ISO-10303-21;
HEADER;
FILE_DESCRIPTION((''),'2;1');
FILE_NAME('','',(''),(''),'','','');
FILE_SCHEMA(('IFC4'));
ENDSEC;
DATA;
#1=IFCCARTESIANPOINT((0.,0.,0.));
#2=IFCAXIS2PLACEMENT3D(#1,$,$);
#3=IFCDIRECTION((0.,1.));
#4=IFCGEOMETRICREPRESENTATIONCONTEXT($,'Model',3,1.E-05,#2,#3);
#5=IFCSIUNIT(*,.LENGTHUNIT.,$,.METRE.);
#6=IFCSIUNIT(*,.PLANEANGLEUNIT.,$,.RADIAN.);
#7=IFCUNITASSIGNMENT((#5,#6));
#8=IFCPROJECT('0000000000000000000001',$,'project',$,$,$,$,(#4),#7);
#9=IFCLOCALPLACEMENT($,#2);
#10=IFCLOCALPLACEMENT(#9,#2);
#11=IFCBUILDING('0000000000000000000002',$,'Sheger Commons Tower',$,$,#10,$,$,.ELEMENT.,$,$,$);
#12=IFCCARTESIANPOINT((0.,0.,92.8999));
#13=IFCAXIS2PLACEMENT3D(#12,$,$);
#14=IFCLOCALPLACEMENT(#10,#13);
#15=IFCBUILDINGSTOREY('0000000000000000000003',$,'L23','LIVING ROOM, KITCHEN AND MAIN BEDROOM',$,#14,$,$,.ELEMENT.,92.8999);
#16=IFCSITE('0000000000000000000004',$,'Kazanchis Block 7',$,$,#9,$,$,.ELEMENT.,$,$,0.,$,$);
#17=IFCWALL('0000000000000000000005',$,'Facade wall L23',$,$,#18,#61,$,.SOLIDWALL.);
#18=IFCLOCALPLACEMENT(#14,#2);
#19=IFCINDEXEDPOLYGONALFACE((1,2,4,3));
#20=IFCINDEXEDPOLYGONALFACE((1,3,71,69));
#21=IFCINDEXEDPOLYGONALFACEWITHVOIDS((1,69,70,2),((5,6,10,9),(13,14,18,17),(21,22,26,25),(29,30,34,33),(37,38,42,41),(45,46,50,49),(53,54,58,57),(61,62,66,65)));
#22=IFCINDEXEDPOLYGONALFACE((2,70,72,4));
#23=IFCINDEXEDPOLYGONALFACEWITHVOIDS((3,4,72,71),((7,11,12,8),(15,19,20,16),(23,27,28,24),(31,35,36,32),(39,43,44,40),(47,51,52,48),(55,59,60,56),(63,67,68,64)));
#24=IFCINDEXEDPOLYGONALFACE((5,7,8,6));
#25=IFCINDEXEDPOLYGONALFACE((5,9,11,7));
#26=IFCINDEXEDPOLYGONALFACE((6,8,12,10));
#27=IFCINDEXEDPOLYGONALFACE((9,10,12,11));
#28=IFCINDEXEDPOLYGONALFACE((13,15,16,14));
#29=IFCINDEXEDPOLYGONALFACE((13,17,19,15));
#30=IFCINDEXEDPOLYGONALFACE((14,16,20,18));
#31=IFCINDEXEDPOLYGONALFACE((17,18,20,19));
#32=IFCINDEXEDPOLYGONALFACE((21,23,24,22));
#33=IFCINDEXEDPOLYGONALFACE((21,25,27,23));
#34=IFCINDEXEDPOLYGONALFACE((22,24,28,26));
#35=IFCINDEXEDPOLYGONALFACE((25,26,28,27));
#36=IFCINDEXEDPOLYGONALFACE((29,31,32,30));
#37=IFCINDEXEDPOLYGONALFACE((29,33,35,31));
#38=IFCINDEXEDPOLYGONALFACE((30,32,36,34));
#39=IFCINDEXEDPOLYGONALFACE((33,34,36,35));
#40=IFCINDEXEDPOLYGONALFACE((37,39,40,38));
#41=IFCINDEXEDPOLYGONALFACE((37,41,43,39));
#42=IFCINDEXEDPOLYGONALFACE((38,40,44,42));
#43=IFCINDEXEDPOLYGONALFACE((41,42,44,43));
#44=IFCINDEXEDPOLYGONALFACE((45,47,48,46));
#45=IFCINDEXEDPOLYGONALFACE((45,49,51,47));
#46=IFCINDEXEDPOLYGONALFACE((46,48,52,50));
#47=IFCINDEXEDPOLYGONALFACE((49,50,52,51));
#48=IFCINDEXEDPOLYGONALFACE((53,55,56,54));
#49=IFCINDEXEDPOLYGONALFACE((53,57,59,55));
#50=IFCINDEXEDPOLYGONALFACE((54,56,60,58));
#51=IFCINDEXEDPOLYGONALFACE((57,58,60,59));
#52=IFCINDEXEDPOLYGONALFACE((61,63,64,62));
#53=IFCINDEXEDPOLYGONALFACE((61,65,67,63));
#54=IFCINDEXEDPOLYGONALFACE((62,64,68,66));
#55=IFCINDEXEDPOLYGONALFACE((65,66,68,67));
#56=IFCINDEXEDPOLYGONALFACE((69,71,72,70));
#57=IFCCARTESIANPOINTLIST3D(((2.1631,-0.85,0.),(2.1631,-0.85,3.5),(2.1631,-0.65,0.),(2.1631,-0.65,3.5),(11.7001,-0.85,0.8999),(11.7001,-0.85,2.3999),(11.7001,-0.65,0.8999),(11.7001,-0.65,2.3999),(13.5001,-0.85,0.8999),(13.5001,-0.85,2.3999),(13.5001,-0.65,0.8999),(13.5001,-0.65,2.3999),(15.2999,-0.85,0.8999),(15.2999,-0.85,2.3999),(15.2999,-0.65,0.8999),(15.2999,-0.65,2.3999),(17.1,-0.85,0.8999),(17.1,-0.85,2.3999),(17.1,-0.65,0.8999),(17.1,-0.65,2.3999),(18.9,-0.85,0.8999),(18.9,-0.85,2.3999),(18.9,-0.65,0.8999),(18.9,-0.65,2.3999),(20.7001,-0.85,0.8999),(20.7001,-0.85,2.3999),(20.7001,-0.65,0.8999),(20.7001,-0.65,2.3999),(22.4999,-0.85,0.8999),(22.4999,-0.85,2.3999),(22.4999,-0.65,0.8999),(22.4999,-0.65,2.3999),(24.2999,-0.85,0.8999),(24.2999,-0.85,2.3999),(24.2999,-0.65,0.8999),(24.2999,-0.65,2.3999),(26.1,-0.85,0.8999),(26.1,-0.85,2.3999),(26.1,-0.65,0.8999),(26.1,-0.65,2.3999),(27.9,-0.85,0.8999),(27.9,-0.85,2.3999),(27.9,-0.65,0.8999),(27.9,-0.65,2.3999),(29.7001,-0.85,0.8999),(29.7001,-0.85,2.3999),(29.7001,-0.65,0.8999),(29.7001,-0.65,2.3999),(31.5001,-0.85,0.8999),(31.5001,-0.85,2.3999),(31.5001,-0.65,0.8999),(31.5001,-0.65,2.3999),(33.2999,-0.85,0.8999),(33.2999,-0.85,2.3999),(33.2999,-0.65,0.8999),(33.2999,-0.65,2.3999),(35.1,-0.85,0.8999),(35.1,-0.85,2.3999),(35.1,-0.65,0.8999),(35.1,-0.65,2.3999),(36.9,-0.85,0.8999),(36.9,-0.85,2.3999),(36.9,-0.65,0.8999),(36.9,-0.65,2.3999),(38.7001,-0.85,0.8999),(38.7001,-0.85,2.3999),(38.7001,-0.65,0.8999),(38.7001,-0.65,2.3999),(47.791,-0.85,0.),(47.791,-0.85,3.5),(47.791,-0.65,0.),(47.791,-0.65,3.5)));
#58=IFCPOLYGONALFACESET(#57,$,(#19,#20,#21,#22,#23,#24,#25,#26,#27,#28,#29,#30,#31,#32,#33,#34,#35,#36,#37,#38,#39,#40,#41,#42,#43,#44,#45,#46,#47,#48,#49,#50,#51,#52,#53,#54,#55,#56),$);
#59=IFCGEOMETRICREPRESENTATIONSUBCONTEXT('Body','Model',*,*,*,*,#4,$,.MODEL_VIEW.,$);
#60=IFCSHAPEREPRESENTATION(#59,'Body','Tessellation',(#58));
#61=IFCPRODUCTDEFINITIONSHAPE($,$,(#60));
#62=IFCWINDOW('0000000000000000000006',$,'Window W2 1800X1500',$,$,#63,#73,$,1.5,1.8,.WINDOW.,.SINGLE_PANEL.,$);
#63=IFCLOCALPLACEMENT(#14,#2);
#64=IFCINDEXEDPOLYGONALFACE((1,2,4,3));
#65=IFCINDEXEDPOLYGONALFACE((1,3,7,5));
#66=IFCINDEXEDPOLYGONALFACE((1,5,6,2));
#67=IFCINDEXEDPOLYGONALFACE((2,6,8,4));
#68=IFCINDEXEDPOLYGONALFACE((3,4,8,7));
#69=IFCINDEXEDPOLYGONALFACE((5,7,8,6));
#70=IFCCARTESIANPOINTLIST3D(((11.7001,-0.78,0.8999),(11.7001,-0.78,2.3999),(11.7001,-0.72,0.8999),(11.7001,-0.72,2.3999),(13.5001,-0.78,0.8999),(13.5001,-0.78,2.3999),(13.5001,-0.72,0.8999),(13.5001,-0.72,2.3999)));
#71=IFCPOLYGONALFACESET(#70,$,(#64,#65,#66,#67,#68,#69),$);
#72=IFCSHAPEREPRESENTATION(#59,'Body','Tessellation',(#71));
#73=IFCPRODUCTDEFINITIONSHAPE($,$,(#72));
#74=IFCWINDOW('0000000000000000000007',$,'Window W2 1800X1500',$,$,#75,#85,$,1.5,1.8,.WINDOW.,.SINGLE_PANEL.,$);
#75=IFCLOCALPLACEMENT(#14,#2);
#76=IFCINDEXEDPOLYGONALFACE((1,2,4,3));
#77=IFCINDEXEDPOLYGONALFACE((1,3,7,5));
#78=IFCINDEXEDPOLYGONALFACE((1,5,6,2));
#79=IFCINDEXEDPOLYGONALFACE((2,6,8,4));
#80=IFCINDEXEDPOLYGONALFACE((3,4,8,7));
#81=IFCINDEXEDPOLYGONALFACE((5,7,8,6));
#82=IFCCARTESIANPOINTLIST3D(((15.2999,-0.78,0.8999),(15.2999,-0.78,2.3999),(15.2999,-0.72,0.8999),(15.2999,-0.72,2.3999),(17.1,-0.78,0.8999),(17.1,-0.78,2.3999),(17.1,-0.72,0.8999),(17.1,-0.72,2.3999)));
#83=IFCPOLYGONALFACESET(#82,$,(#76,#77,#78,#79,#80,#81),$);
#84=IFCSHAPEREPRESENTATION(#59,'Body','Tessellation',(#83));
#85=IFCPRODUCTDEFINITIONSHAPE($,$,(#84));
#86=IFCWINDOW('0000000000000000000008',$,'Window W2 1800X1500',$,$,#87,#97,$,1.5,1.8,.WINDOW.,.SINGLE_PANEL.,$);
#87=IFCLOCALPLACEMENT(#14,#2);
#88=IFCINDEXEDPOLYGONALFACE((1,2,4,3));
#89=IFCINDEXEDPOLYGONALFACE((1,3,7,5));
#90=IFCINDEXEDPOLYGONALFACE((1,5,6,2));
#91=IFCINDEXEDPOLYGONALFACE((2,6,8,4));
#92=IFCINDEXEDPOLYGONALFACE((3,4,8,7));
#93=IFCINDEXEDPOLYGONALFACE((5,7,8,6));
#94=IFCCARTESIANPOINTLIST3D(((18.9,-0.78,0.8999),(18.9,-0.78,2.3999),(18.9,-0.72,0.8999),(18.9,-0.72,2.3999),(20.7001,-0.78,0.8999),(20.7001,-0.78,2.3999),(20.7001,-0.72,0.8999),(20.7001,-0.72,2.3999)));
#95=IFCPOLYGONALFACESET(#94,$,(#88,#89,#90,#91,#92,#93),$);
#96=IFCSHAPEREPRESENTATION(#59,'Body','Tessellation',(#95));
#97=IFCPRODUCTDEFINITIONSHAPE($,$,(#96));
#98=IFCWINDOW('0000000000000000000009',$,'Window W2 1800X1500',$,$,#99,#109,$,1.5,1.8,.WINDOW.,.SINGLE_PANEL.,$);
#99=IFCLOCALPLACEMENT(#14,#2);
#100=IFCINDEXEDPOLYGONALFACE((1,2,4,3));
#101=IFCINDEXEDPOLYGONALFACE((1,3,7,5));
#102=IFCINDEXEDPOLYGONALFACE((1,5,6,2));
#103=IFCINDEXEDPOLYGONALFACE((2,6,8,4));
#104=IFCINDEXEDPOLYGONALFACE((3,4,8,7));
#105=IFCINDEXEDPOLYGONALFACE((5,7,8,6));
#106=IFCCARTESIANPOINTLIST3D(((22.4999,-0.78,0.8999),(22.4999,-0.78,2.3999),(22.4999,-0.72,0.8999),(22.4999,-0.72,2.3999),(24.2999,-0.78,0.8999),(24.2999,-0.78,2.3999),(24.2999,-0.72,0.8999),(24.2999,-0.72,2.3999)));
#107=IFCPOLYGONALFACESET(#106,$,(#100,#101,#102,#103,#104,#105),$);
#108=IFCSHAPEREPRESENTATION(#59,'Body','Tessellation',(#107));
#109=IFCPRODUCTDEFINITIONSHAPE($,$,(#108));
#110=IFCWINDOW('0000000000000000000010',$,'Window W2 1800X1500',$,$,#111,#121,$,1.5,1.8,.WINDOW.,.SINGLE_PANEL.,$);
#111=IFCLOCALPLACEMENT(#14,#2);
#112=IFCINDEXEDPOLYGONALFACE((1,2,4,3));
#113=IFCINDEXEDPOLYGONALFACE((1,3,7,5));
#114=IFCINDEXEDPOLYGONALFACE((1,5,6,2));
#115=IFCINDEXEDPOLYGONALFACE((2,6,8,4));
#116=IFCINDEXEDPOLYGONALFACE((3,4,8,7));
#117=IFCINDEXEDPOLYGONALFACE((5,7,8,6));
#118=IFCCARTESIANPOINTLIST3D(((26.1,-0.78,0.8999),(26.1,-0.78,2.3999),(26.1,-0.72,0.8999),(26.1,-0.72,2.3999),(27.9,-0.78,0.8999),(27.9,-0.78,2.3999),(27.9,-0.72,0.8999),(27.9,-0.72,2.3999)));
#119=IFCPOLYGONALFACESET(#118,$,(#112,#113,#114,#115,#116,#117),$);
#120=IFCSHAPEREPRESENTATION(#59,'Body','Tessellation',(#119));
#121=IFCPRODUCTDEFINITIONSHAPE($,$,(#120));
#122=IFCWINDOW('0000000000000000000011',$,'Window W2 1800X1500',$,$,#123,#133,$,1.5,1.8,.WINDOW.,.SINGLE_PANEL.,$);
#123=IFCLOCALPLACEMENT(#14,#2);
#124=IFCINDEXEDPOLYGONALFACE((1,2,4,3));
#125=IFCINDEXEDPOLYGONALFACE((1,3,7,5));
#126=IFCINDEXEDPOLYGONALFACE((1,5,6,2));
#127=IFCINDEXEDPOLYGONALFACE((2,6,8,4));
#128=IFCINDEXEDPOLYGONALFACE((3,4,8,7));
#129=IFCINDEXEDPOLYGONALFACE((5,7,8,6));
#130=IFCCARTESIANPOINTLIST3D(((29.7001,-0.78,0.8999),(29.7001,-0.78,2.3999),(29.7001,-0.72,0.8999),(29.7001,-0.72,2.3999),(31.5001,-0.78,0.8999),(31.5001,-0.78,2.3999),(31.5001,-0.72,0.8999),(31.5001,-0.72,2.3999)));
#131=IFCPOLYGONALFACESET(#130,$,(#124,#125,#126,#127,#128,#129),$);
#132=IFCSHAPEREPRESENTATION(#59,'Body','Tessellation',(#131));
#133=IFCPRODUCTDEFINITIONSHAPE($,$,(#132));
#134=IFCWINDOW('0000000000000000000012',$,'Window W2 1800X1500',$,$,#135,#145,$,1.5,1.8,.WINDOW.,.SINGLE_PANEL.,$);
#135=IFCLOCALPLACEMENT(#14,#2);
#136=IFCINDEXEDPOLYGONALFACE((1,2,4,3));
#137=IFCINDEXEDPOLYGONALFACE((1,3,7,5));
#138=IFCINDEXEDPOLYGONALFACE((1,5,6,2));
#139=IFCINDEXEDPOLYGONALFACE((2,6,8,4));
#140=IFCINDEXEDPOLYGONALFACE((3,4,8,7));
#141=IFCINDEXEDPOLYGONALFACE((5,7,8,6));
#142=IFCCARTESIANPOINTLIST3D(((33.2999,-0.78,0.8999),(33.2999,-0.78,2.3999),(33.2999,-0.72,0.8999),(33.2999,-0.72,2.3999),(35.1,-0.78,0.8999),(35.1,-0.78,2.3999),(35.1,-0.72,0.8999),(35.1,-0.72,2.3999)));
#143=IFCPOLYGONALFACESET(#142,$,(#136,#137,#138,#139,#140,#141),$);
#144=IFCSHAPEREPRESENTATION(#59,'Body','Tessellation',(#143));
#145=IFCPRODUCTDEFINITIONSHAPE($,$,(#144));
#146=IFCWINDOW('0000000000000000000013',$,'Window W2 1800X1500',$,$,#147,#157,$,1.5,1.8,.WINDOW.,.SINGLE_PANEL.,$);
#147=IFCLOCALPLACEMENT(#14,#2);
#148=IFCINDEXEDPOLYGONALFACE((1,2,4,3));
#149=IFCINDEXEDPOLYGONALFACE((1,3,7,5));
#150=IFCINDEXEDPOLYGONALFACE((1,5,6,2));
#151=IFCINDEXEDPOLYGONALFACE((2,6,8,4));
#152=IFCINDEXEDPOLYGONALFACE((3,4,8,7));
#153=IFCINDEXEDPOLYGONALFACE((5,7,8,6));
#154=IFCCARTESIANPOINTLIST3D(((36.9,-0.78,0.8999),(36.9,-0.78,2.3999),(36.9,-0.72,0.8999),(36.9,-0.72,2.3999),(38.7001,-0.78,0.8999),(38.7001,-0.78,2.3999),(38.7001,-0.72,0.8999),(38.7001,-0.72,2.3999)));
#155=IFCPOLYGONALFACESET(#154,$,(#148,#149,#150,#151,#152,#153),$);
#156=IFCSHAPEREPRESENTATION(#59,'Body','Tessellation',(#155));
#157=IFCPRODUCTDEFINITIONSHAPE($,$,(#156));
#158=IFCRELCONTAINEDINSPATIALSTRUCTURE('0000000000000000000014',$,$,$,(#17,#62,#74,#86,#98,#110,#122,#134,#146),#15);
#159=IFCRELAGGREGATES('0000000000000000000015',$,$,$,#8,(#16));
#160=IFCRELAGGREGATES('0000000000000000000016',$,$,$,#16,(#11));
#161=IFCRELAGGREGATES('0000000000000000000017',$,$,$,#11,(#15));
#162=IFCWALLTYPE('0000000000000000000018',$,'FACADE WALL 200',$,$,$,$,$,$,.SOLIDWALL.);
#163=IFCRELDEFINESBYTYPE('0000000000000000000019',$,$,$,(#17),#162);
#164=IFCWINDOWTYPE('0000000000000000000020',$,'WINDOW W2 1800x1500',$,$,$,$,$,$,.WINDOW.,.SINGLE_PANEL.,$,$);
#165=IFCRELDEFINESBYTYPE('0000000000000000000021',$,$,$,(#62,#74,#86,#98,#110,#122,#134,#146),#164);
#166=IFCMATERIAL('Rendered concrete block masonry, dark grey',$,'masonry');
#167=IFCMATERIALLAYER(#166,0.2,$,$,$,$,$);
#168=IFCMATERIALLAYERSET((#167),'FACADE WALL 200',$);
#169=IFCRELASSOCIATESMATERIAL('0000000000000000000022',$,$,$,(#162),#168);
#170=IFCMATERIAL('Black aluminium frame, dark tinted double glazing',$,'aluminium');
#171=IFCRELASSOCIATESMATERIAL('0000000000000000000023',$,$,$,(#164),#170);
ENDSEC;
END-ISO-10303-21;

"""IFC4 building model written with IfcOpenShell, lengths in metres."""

from ifc_helpers import new_model, si_unit, direction, frame, frame_2d, origin, place, context, subcontext, project, spatial, rectangle, extrude, material, layer, layer_set, type_object, element, fill, save


model = new_model("IFC4")

# Units and contexts
model_context = context("Model", 3, precision=1e-05, world=origin(), true_north=direction((0.0, 1.0)))
body_context = subcontext(model_context, "Body", "Model", "MODEL_VIEW")
ifc_project = project(units=[si_unit("LENGTHUNIT", "METRE"), si_unit("PLANEANGLEUNIT", "RADIAN")], contexts=[model_context])

# Site, building, storey
site_placement = place(None, origin())
site = spatial("IfcSite", under=ifc_project, at=site_placement, Name="Kazanchis Block 7", CompositionType="ELEMENT", RefElevation=0.0)
building_placement = place(site_placement, origin())
building = spatial("IfcBuilding", under=site, at=building_placement, Name="Sheger Commons Tower", CompositionType="ELEMENT")
storey_placement = place(building_placement, frame((0.0, 0.0, 92.8999)))
storey = spatial("IfcBuildingStorey", under=building, at=storey_placement, Name="L23", Description="LIVING ROOM, KITCHEN AND MAIN BEDROOM", CompositionType="ELEMENT", Elevation=92.8999)

# Wall, openings, windows
ifc_material_1 = material(Name="Rendered concrete block masonry, dark grey", Category="masonry")
ifc_layer_1 = layer(ifc_material_1, 0.2)
ifc_layer_set_1 = layer_set([ifc_layer_1], Name="FACADE WALL 200")
wall_type_1 = type_object("IfcWallType", Name="FACADE WALL 200", PredefinedType="SOLIDWALL", material=ifc_layer_set_1)
wall_1_placement = place(storey_placement, frame((2.1631, -0.75, 0.0), z_axis=(0.0, 0.0, 1.0), x_axis=(1.0, 0.0, 0.0)))
wall_1 = element("IfcWall", 1, at=wall_1_placement, inside=storey, type_object=wall_type_1, Name="Facade wall L23", PredefinedType="SOLIDWALL", context=body_context, shape_type="SweptSolid", body=[
    extrude(rectangle(XDim=45.6279, YDim=0.2, at=frame_2d((22.814, 0.0))), origin(), (0.0, 0.0, 1.0), 3.5),
])
opening_1_placement = place(wall_1_placement, frame((9.5371, 0.0, 0.8999)))
opening_1 = element("IfcOpeningElement", 2, at=opening_1_placement, cuts=wall_1, PredefinedType="OPENING", context=body_context, shape_type="SweptSolid", body=[
    extrude(rectangle(XDim=1.8, YDim=1.5, at=frame_2d((0.8999, 0.75))), frame((0.0, 0.1099, 0.0), z_axis=(0.0, -1.0, 0.0), x_axis=(1.0, 0.0, 0.0)), (0.0, 0.0, 1.0), 0.22),
])
opening_2_placement = place(wall_1_placement, frame((13.137, 0.0, 0.8999)))
opening_2 = element("IfcOpeningElement", 3, at=opening_2_placement, cuts=wall_1, PredefinedType="OPENING", context=body_context, shape_type="SweptSolid", body=[
    extrude(rectangle(XDim=1.8, YDim=1.5, at=frame_2d((0.8999, 0.75))), frame((0.0, 0.1099, 0.0), z_axis=(0.0, -1.0, 0.0), x_axis=(1.0, 0.0, 0.0)), (0.0, 0.0, 1.0), 0.22),
])
opening_3_placement = place(wall_1_placement, frame((16.7371, 0.0, 0.8999)))
opening_3 = element("IfcOpeningElement", 4, at=opening_3_placement, cuts=wall_1, PredefinedType="OPENING", context=body_context, shape_type="SweptSolid", body=[
    extrude(rectangle(XDim=1.8, YDim=1.5, at=frame_2d((0.8999, 0.75))), frame((0.0, 0.1099, 0.0), z_axis=(0.0, -1.0, 0.0), x_axis=(1.0, 0.0, 0.0)), (0.0, 0.0, 1.0), 0.22),
])
opening_4_placement = place(wall_1_placement, frame((20.3369, 0.0, 0.8999)))
opening_4 = element("IfcOpeningElement", 5, at=opening_4_placement, cuts=wall_1, PredefinedType="OPENING", context=body_context, shape_type="SweptSolid", body=[
    extrude(rectangle(XDim=1.8, YDim=1.5, at=frame_2d((0.8999, 0.75))), frame((0.0, 0.1099, 0.0), z_axis=(0.0, -1.0, 0.0), x_axis=(1.0, 0.0, 0.0)), (0.0, 0.0, 1.0), 0.22),
])
opening_5_placement = place(wall_1_placement, frame((23.937, 0.0, 0.8999)))
opening_5 = element("IfcOpeningElement", 6, at=opening_5_placement, cuts=wall_1, PredefinedType="OPENING", context=body_context, shape_type="SweptSolid", body=[
    extrude(rectangle(XDim=1.8, YDim=1.5, at=frame_2d((0.8999, 0.75))), frame((0.0, 0.1099, 0.0), z_axis=(0.0, -1.0, 0.0), x_axis=(1.0, 0.0, 0.0)), (0.0, 0.0, 1.0), 0.22),
])
opening_6_placement = place(wall_1_placement, frame((27.5371, 0.0, 0.8999)))
opening_6 = element("IfcOpeningElement", 7, at=opening_6_placement, cuts=wall_1, PredefinedType="OPENING", context=body_context, shape_type="SweptSolid", body=[
    extrude(rectangle(XDim=1.8, YDim=1.5, at=frame_2d((0.8999, 0.75))), frame((0.0, 0.1099, 0.0), z_axis=(0.0, -1.0, 0.0), x_axis=(1.0, 0.0, 0.0)), (0.0, 0.0, 1.0), 0.22),
])
opening_7_placement = place(wall_1_placement, frame((31.137, 0.0, 0.8999)))
opening_7 = element("IfcOpeningElement", 8, at=opening_7_placement, cuts=wall_1, PredefinedType="OPENING", context=body_context, shape_type="SweptSolid", body=[
    extrude(rectangle(XDim=1.8, YDim=1.5, at=frame_2d((0.8999, 0.75))), frame((0.0, 0.1099, 0.0), z_axis=(0.0, -1.0, 0.0), x_axis=(1.0, 0.0, 0.0)), (0.0, 0.0, 1.0), 0.22),
])
opening_8_placement = place(wall_1_placement, frame((34.7371, 0.0, 0.8999)))
opening_8 = element("IfcOpeningElement", 9, at=opening_8_placement, cuts=wall_1, PredefinedType="OPENING", context=body_context, shape_type="SweptSolid", body=[
    extrude(rectangle(XDim=1.8, YDim=1.5, at=frame_2d((0.8999, 0.75))), frame((0.0, 0.1099, 0.0), z_axis=(0.0, -1.0, 0.0), x_axis=(1.0, 0.0, 0.0)), (0.0, 0.0, 1.0), 0.22),
])
ifc_material_2 = material(Name="Black aluminium frame, dark tinted double glazing", Category="aluminium")
window_type = type_object("IfcWindowType", Name="WINDOW W2 1800x1500", PartitioningType="SINGLE_PANEL", PredefinedType="WINDOW", material=ifc_material_2)
window_1_placement = place(opening_1_placement, origin())
window_1 = element("IfcWindow", 10, at=window_1_placement, inside=storey, type_object=window_type, Name="Window W2 1800X1500", OverallHeight=1.5, OverallWidth=1.8, PartitioningType="SINGLE_PANEL", PredefinedType="WINDOW", context=body_context, shape_type="SweptSolid", body=[
    extrude(rectangle(XDim=1.8, YDim=1.5, at=frame_2d((0.8999, 0.75))), frame((0.0, 0.03, 0.0), z_axis=(0.0, -1.0, 0.0), x_axis=(1.0, 0.0, 0.0)), (0.0, 0.0, 1.0), 0.0601),
])
fill(opening_1, window_1)
window_2_placement = place(opening_2_placement, origin())
window_2 = element("IfcWindow", 11, at=window_2_placement, inside=storey, type_object=window_type, Name="Window W2 1800X1500", OverallHeight=1.5, OverallWidth=1.8, PartitioningType="SINGLE_PANEL", PredefinedType="WINDOW", context=body_context, shape_type="SweptSolid", body=[
    extrude(rectangle(XDim=1.8, YDim=1.5, at=frame_2d((0.8999, 0.75))), frame((0.0, 0.03, 0.0), z_axis=(0.0, -1.0, 0.0), x_axis=(1.0, 0.0, 0.0)), (0.0, 0.0, 1.0), 0.0601),
])
fill(opening_2, window_2)
window_3_placement = place(opening_3_placement, origin())
window_3 = element("IfcWindow", 12, at=window_3_placement, inside=storey, type_object=window_type, Name="Window W2 1800X1500", OverallHeight=1.5, OverallWidth=1.8, PartitioningType="SINGLE_PANEL", PredefinedType="WINDOW", context=body_context, shape_type="SweptSolid", body=[
    extrude(rectangle(XDim=1.8, YDim=1.5, at=frame_2d((0.8999, 0.75))), frame((0.0, 0.03, 0.0), z_axis=(0.0, -1.0, 0.0), x_axis=(1.0, 0.0, 0.0)), (0.0, 0.0, 1.0), 0.0601),
])
fill(opening_3, window_3)
window_4_placement = place(opening_4_placement, origin())
window_4 = element("IfcWindow", 13, at=window_4_placement, inside=storey, type_object=window_type, Name="Window W2 1800X1500", OverallHeight=1.5, OverallWidth=1.8, PartitioningType="SINGLE_PANEL", PredefinedType="WINDOW", context=body_context, shape_type="SweptSolid", body=[
    extrude(rectangle(XDim=1.8, YDim=1.5, at=frame_2d((0.8999, 0.75))), frame((0.0, 0.03, 0.0), z_axis=(0.0, -1.0, 0.0), x_axis=(1.0, 0.0, 0.0)), (0.0, 0.0, 1.0), 0.0601),
])
fill(opening_4, window_4)
window_5_placement = place(opening_5_placement, origin())
window_5 = element("IfcWindow", 14, at=window_5_placement, inside=storey, type_object=window_type, Name="Window W2 1800X1500", OverallHeight=1.5, OverallWidth=1.8, PartitioningType="SINGLE_PANEL", PredefinedType="WINDOW", context=body_context, shape_type="SweptSolid", body=[
    extrude(rectangle(XDim=1.8, YDim=1.5, at=frame_2d((0.8999, 0.75))), frame((0.0, 0.03, 0.0), z_axis=(0.0, -1.0, 0.0), x_axis=(1.0, 0.0, 0.0)), (0.0, 0.0, 1.0), 0.0601),
])
fill(opening_5, window_5)
window_6_placement = place(opening_6_placement, origin())
window_6 = element("IfcWindow", 15, at=window_6_placement, inside=storey, type_object=window_type, Name="Window W2 1800X1500", OverallHeight=1.5, OverallWidth=1.8, PartitioningType="SINGLE_PANEL", PredefinedType="WINDOW", context=body_context, shape_type="SweptSolid", body=[
    extrude(rectangle(XDim=1.8, YDim=1.5, at=frame_2d((0.8999, 0.75))), frame((0.0, 0.03, 0.0), z_axis=(0.0, -1.0, 0.0), x_axis=(1.0, 0.0, 0.0)), (0.0, 0.0, 1.0), 0.0601),
])
fill(opening_6, window_6)
window_7_placement = place(opening_7_placement, origin())
window_7 = element("IfcWindow", 16, at=window_7_placement, inside=storey, type_object=window_type, Name="Window W2 1800X1500", OverallHeight=1.5, OverallWidth=1.8, PartitioningType="SINGLE_PANEL", PredefinedType="WINDOW", context=body_context, shape_type="SweptSolid", body=[
    extrude(rectangle(XDim=1.8, YDim=1.5, at=frame_2d((0.8999, 0.75))), frame((0.0, 0.03, 0.0), z_axis=(0.0, -1.0, 0.0), x_axis=(1.0, 0.0, 0.0)), (0.0, 0.0, 1.0), 0.0601),
])
fill(opening_7, window_7)
window_8_placement = place(opening_8_placement, origin())
window_8 = element("IfcWindow", 17, at=window_8_placement, inside=storey, type_object=window_type, Name="Window W2 1800X1500", OverallHeight=1.5, OverallWidth=1.8, PartitioningType="SINGLE_PANEL", PredefinedType="WINDOW", context=body_context, shape_type="SweptSolid", body=[
    extrude(rectangle(XDim=1.8, YDim=1.5, at=frame_2d((0.8999, 0.75))), frame((0.0, 0.03, 0.0), z_axis=(0.0, -1.0, 0.0), x_axis=(1.0, 0.0, 0.0)), (0.0, 0.0, 1.0), 0.0601),
])
fill(opening_8, window_8)

save(model, "model.ifc")
